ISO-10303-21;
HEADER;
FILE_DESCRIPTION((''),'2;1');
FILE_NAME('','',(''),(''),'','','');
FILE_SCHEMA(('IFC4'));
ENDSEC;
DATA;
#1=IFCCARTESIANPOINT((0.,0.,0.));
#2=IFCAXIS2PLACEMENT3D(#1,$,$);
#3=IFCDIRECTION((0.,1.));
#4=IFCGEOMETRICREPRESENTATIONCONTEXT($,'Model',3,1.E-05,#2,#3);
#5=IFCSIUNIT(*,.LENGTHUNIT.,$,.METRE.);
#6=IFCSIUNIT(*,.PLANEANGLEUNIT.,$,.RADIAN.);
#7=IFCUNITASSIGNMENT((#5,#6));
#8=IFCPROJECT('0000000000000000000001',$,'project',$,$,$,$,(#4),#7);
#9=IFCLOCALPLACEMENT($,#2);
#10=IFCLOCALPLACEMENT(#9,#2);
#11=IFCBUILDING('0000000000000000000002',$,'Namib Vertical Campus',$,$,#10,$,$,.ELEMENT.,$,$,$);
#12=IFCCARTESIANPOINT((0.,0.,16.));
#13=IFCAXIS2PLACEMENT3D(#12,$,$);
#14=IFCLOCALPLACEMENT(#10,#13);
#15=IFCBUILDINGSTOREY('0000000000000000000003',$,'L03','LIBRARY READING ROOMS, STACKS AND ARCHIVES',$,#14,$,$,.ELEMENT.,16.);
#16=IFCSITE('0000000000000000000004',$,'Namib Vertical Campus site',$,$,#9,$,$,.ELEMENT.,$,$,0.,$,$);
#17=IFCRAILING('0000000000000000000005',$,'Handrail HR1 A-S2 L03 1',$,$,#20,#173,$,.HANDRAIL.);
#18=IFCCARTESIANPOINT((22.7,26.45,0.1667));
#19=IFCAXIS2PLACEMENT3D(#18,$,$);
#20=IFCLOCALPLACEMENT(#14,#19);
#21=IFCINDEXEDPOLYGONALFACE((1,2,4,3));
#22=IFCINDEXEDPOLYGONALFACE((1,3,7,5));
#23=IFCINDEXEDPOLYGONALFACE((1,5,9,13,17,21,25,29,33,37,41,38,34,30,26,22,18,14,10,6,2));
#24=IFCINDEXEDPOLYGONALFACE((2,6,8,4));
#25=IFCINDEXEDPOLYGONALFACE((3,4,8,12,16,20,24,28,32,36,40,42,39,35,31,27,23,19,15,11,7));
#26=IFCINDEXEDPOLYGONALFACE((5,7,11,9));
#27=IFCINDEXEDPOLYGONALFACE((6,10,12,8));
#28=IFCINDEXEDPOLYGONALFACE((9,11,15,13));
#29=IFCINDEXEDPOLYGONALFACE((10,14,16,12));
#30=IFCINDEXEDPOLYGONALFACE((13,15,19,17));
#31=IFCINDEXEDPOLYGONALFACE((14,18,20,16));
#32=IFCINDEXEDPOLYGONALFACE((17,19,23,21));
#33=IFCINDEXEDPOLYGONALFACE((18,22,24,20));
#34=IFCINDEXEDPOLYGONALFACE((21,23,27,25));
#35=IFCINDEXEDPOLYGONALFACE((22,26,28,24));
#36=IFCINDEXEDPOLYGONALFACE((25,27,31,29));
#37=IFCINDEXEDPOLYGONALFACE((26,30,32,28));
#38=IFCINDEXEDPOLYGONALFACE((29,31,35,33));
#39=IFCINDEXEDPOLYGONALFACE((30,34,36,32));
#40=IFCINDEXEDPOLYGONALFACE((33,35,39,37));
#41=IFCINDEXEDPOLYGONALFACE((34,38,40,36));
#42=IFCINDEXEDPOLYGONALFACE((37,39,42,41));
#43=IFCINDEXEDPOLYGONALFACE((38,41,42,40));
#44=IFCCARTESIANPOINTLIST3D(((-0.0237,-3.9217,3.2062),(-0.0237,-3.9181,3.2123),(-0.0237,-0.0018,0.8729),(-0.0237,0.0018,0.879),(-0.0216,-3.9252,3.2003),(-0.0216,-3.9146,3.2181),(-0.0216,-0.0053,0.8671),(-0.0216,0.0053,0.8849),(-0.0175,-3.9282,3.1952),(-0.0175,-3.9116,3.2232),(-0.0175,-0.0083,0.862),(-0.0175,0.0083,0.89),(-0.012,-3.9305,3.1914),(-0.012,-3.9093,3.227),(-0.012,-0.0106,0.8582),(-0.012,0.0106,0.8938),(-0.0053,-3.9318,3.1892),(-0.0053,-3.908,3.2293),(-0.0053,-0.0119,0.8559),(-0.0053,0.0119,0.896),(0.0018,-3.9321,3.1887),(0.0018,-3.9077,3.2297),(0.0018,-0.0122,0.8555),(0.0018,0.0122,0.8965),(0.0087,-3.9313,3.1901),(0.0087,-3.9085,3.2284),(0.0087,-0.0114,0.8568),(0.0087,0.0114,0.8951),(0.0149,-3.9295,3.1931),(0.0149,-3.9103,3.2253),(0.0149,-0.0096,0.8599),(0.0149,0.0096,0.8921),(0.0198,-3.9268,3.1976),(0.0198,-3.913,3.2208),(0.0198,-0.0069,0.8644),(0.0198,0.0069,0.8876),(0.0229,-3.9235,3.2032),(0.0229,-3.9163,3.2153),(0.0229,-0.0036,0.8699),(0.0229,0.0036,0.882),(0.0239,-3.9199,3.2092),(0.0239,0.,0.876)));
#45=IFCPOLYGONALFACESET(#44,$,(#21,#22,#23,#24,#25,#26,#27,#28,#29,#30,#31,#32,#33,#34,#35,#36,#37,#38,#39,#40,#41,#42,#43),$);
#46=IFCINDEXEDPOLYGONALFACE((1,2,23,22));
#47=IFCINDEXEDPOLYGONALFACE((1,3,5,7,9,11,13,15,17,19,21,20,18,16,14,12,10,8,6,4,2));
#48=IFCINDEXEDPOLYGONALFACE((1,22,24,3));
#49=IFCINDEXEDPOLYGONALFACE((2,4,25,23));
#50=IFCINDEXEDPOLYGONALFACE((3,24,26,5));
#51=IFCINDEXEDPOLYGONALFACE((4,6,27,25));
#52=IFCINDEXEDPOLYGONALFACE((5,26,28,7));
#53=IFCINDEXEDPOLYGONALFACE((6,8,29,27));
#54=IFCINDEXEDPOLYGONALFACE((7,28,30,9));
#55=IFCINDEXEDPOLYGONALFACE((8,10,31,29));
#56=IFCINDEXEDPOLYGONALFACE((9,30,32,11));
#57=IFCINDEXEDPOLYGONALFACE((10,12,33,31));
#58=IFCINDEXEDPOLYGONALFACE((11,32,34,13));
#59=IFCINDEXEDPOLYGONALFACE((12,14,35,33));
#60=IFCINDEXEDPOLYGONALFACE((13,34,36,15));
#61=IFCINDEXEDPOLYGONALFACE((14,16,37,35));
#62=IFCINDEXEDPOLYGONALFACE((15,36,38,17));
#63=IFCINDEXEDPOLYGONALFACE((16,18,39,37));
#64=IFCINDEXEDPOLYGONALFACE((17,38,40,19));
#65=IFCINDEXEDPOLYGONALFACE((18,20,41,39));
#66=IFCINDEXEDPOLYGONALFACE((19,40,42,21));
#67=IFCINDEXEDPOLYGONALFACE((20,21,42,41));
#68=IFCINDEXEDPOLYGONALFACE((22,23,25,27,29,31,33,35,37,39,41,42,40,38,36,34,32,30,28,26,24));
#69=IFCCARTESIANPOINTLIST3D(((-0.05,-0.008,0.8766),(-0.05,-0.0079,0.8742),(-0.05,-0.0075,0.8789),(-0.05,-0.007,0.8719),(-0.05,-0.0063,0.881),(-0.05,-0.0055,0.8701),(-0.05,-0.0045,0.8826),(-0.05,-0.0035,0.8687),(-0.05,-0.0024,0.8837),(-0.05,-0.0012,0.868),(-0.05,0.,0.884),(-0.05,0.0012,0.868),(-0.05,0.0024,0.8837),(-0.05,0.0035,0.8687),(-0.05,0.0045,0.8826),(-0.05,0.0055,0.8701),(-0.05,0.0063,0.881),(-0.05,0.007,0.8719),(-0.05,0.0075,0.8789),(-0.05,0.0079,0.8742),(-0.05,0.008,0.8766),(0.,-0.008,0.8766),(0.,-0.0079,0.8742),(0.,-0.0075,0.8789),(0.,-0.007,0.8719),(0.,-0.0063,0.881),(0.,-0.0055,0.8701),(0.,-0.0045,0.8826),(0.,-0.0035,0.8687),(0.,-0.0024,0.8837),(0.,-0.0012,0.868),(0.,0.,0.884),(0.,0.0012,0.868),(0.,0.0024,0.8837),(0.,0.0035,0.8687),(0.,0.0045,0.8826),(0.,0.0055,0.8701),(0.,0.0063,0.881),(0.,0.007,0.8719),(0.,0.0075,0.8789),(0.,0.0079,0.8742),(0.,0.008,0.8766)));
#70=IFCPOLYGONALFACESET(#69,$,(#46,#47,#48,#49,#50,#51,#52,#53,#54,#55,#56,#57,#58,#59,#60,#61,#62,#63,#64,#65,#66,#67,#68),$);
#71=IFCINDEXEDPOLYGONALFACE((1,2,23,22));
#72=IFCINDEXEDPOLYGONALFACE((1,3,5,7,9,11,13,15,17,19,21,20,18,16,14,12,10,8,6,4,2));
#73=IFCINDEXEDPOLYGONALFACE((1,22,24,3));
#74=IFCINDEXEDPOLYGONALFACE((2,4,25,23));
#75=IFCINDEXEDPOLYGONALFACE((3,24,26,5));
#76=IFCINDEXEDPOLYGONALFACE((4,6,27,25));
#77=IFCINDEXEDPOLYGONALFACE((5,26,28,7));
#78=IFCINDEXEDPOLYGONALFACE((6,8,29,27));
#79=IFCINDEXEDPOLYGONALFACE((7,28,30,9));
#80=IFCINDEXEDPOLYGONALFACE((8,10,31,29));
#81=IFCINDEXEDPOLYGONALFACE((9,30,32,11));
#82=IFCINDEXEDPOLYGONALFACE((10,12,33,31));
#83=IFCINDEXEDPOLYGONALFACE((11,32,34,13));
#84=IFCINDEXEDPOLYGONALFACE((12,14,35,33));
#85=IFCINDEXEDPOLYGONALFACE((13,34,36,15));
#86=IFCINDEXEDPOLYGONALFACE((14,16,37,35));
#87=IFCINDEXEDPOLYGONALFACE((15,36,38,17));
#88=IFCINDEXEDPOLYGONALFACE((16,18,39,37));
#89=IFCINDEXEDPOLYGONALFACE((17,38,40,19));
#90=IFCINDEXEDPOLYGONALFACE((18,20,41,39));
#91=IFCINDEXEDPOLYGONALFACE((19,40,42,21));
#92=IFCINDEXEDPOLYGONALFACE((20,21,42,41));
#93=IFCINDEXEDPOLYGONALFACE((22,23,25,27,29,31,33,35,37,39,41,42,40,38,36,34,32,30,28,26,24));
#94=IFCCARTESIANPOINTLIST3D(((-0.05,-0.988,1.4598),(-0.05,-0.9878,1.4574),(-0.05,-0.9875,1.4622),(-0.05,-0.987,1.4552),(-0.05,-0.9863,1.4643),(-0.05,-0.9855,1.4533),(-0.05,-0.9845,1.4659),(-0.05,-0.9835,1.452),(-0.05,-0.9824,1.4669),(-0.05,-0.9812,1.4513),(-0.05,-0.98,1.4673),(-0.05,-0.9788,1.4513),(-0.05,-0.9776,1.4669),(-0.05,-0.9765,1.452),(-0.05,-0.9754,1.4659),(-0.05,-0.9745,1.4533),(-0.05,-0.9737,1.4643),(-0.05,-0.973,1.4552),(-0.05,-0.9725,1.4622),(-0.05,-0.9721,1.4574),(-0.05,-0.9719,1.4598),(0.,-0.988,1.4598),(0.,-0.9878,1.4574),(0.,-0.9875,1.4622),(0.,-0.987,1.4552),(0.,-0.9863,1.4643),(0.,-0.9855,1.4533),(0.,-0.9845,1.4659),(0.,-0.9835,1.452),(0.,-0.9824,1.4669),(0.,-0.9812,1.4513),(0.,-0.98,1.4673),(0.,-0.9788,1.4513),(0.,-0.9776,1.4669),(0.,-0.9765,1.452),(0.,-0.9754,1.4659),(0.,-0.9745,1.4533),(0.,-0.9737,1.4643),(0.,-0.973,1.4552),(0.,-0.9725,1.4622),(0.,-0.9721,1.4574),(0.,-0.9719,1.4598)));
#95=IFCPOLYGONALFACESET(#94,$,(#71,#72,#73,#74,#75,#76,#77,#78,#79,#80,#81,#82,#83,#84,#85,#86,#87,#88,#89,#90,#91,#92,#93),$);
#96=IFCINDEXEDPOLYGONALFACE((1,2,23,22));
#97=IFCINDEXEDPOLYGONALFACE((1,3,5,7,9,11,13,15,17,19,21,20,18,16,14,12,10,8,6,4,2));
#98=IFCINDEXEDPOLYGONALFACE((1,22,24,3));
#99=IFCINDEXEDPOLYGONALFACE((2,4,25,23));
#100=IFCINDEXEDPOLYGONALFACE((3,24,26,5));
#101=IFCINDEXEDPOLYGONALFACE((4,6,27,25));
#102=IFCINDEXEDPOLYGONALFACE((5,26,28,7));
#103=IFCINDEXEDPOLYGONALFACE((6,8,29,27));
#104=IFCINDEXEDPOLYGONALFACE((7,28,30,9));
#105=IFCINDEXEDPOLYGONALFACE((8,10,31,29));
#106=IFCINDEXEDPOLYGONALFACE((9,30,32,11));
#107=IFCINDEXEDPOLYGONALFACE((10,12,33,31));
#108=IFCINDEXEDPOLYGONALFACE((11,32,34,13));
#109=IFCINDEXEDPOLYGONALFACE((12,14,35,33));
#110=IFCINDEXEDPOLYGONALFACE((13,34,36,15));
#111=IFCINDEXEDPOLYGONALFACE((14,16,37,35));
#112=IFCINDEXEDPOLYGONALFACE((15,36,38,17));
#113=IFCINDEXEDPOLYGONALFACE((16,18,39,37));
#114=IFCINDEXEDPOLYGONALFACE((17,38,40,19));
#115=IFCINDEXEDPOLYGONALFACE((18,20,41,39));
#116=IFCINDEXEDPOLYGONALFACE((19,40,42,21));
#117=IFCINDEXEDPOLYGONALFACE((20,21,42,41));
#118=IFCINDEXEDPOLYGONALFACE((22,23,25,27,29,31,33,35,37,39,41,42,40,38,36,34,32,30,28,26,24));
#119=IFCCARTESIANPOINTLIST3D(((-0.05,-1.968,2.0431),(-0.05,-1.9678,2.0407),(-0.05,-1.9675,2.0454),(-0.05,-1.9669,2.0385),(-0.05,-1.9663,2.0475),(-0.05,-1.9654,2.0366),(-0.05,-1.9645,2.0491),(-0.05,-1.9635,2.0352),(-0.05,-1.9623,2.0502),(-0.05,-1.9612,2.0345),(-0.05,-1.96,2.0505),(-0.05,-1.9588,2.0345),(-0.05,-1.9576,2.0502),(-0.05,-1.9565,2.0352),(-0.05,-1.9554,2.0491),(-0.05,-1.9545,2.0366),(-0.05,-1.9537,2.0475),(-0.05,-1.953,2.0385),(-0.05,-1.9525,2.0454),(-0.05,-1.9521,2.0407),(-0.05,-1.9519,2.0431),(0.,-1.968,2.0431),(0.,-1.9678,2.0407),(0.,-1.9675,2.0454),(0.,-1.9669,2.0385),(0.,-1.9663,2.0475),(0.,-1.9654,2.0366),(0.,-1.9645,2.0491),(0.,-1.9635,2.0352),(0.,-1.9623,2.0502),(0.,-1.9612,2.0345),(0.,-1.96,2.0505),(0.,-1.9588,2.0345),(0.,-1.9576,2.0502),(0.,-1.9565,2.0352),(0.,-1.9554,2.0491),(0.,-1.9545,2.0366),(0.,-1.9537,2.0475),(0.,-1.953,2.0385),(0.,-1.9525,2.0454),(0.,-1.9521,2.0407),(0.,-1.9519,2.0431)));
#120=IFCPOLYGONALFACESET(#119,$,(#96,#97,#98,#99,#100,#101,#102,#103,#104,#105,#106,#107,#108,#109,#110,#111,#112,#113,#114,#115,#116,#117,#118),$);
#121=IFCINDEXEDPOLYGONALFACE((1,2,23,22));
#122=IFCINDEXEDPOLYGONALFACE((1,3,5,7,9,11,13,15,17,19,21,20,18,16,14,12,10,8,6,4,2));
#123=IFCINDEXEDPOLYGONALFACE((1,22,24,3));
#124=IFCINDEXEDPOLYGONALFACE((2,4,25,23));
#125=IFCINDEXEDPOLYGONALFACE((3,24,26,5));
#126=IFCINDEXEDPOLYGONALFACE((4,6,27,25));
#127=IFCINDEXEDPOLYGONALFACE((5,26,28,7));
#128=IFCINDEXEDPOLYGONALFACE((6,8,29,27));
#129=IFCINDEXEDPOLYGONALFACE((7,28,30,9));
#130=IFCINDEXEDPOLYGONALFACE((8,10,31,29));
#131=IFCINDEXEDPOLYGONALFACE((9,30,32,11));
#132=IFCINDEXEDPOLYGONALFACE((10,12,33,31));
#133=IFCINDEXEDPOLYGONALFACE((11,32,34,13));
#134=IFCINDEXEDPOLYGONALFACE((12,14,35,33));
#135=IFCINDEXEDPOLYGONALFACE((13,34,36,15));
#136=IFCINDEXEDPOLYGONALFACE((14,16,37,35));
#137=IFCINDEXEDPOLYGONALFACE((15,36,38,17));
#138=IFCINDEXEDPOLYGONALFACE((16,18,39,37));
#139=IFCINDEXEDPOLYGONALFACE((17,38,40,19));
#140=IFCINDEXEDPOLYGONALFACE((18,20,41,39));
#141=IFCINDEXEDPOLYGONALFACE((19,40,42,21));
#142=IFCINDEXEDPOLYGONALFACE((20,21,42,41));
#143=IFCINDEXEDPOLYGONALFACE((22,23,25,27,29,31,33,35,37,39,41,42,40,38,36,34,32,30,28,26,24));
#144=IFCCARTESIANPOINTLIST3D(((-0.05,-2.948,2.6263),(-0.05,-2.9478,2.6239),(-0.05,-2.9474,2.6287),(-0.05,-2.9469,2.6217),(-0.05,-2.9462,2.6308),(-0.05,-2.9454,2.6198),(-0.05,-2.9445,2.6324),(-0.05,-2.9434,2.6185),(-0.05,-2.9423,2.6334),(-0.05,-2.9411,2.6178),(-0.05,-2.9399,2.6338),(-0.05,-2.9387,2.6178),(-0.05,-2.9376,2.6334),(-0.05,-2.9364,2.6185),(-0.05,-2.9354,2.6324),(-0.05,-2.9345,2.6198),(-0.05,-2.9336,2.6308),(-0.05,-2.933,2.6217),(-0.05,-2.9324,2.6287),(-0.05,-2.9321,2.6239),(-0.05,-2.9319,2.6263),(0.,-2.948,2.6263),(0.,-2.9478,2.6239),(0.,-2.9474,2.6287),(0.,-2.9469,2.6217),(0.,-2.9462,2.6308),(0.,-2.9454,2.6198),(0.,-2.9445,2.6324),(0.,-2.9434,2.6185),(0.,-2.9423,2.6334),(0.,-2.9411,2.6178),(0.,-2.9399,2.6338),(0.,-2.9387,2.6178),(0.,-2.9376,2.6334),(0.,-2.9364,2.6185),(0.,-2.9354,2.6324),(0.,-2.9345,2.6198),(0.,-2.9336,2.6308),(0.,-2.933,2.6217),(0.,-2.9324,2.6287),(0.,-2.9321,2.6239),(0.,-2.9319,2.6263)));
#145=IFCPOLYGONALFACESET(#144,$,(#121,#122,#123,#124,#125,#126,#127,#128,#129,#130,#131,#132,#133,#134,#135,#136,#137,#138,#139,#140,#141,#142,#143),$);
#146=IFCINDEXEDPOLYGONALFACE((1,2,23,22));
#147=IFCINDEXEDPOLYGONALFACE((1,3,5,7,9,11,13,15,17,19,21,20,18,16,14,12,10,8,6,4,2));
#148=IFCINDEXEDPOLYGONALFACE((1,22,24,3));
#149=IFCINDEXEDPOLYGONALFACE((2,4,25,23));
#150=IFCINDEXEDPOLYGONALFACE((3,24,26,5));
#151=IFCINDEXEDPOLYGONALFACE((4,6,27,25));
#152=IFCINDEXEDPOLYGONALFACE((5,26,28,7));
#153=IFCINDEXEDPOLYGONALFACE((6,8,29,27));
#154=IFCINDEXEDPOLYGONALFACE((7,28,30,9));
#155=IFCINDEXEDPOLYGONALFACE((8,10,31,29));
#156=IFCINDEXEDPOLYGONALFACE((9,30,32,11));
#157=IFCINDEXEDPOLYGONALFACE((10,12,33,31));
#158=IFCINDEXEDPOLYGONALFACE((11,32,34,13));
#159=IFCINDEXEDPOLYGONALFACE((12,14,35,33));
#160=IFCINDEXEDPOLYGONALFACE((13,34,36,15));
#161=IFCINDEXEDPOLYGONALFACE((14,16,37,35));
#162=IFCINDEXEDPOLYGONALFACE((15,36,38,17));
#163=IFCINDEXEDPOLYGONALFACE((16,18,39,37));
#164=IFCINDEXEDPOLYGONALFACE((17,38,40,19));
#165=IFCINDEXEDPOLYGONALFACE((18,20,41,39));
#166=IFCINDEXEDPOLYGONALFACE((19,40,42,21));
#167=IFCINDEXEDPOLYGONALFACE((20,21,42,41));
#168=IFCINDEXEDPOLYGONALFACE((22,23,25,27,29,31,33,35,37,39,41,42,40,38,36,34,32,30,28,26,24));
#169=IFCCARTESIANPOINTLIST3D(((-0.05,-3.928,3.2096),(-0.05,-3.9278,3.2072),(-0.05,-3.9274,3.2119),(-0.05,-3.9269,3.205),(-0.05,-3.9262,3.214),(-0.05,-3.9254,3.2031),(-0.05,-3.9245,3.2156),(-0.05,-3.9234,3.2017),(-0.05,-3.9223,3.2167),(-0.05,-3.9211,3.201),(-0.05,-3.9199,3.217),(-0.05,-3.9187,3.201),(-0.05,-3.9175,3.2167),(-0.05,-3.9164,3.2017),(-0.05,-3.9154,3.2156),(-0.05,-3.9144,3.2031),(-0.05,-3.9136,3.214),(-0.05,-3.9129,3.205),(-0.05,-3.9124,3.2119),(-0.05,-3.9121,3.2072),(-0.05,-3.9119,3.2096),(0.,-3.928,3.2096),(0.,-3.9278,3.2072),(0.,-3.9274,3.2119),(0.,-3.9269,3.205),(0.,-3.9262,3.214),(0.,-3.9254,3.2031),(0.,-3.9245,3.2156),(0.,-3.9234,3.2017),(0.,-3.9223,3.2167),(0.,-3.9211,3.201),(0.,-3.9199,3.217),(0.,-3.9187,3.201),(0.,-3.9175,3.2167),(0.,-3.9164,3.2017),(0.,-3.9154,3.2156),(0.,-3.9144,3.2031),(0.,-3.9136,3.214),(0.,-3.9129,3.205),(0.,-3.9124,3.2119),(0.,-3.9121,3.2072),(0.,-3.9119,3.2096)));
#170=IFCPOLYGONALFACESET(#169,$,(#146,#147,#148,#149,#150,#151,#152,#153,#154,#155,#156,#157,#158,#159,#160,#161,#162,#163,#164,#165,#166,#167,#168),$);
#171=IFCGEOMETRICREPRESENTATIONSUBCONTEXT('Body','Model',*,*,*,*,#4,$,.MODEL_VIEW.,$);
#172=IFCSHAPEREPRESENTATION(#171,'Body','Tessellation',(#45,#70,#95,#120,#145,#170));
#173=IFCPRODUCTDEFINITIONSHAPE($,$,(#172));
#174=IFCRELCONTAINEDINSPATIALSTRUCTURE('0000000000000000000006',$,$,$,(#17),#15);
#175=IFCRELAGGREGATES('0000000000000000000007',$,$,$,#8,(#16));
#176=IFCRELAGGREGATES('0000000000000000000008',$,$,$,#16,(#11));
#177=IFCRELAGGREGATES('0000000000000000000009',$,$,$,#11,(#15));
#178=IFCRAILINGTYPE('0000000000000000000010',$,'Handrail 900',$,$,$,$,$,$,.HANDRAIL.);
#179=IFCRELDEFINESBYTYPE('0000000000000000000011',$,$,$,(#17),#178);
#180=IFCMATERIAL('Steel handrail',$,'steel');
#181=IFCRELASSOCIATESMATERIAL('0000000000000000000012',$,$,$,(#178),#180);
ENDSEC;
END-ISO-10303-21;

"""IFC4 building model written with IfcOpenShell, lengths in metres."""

from ifc_helpers import new_model, si_unit, direction, frame, origin, origin_2d, place, context, subcontext, project, spatial, circle, extrude, material, type_object, element, save


model = new_model("IFC4")

# Units and contexts
model_context = context("Model", 3, precision=1e-05, world=origin(), true_north=direction((0.0, 1.0)))
body_context = subcontext(model_context, "Body", "Model", "MODEL_VIEW")
ifc_project = project(units=[si_unit("LENGTHUNIT", "METRE"), si_unit("PLANEANGLEUNIT", "RADIAN")], contexts=[model_context])

# Site, building, storey
site_placement = place(None, origin())
site = spatial("IfcSite", under=ifc_project, at=site_placement, Name="Namib Vertical Campus site", CompositionType="ELEMENT", RefElevation=0.0)
building_placement = place(site_placement, origin())
building = spatial("IfcBuilding", under=site, at=building_placement, Name="Namib Vertical Campus", CompositionType="ELEMENT")
storey_placement = place(building_placement, frame((0.0, 0.0, 16.0)))
storey = spatial("IfcBuildingStorey", under=building, at=storey_placement, Name="L03", Description="LIBRARY READING ROOMS, STACKS AND ARCHIVES", CompositionType="ELEMENT", Elevation=16.0)

# Railing
ifc_material_1 = material(Name="Steel handrail", Category="steel")
railing_type_1 = type_object("IfcRailingType", Name="Handrail 900", PredefinedType="HANDRAIL", material=ifc_material_1)
railing_1_placement = place(storey_placement, frame((22.7, 26.45, 0.1667)))
element("IfcRailing", 1, at=railing_1_placement, inside=storey, type_object=railing_type_1, Name="Handrail HR1 A-S2 L03 1", PredefinedType="HANDRAIL", context=body_context, shape_type="SweptSolid", body=[
    extrude(circle(Radius=0.0239, at=origin_2d()), frame((0.0, 0.0, 0.876), z_axis=(0.0, -0.859296, 0.511478), x_axis=(1.0, 0.0, 0.0)), (0.0, 0.0, 1.0), 4.5618),
    extrude(circle(Radius=0.0081, at=origin_2d()), frame((0.0, 0.0, 0.876), z_axis=(-1.0, 0.0, 0.0), x_axis=(0.0, 0.0, 1.0)), (0.0, 0.0, 1.0), 0.05),
    extrude(circle(Radius=0.0081, at=origin_2d()), frame((0.0, -0.98, 1.4592), z_axis=(-1.0, 0.0, 0.0), x_axis=(0.0, 0.0, 1.0)), (0.0, 0.0, 1.0), 0.05),
    extrude(circle(Radius=0.0081, at=origin_2d()), frame((0.0, -1.96, 2.0425), z_axis=(-1.0, 0.0, 0.0), x_axis=(0.0, 0.0, 1.0)), (0.0, 0.0, 1.0), 0.05),
    extrude(circle(Radius=0.0081, at=origin_2d()), frame((0.0, -2.9399, 2.6257), z_axis=(-1.0, 0.0, 0.0), x_axis=(0.0, 0.0, 1.0)), (0.0, 0.0, 1.0), 0.05),
    extrude(circle(Radius=0.0081, at=origin_2d()), frame((0.0, -3.9199, 3.209), z_axis=(-1.0, 0.0, 0.0), x_axis=(0.0, 0.0, 1.0)), (0.0, 0.0, 1.0), 0.05),
])

save(model, "model.ifc")
